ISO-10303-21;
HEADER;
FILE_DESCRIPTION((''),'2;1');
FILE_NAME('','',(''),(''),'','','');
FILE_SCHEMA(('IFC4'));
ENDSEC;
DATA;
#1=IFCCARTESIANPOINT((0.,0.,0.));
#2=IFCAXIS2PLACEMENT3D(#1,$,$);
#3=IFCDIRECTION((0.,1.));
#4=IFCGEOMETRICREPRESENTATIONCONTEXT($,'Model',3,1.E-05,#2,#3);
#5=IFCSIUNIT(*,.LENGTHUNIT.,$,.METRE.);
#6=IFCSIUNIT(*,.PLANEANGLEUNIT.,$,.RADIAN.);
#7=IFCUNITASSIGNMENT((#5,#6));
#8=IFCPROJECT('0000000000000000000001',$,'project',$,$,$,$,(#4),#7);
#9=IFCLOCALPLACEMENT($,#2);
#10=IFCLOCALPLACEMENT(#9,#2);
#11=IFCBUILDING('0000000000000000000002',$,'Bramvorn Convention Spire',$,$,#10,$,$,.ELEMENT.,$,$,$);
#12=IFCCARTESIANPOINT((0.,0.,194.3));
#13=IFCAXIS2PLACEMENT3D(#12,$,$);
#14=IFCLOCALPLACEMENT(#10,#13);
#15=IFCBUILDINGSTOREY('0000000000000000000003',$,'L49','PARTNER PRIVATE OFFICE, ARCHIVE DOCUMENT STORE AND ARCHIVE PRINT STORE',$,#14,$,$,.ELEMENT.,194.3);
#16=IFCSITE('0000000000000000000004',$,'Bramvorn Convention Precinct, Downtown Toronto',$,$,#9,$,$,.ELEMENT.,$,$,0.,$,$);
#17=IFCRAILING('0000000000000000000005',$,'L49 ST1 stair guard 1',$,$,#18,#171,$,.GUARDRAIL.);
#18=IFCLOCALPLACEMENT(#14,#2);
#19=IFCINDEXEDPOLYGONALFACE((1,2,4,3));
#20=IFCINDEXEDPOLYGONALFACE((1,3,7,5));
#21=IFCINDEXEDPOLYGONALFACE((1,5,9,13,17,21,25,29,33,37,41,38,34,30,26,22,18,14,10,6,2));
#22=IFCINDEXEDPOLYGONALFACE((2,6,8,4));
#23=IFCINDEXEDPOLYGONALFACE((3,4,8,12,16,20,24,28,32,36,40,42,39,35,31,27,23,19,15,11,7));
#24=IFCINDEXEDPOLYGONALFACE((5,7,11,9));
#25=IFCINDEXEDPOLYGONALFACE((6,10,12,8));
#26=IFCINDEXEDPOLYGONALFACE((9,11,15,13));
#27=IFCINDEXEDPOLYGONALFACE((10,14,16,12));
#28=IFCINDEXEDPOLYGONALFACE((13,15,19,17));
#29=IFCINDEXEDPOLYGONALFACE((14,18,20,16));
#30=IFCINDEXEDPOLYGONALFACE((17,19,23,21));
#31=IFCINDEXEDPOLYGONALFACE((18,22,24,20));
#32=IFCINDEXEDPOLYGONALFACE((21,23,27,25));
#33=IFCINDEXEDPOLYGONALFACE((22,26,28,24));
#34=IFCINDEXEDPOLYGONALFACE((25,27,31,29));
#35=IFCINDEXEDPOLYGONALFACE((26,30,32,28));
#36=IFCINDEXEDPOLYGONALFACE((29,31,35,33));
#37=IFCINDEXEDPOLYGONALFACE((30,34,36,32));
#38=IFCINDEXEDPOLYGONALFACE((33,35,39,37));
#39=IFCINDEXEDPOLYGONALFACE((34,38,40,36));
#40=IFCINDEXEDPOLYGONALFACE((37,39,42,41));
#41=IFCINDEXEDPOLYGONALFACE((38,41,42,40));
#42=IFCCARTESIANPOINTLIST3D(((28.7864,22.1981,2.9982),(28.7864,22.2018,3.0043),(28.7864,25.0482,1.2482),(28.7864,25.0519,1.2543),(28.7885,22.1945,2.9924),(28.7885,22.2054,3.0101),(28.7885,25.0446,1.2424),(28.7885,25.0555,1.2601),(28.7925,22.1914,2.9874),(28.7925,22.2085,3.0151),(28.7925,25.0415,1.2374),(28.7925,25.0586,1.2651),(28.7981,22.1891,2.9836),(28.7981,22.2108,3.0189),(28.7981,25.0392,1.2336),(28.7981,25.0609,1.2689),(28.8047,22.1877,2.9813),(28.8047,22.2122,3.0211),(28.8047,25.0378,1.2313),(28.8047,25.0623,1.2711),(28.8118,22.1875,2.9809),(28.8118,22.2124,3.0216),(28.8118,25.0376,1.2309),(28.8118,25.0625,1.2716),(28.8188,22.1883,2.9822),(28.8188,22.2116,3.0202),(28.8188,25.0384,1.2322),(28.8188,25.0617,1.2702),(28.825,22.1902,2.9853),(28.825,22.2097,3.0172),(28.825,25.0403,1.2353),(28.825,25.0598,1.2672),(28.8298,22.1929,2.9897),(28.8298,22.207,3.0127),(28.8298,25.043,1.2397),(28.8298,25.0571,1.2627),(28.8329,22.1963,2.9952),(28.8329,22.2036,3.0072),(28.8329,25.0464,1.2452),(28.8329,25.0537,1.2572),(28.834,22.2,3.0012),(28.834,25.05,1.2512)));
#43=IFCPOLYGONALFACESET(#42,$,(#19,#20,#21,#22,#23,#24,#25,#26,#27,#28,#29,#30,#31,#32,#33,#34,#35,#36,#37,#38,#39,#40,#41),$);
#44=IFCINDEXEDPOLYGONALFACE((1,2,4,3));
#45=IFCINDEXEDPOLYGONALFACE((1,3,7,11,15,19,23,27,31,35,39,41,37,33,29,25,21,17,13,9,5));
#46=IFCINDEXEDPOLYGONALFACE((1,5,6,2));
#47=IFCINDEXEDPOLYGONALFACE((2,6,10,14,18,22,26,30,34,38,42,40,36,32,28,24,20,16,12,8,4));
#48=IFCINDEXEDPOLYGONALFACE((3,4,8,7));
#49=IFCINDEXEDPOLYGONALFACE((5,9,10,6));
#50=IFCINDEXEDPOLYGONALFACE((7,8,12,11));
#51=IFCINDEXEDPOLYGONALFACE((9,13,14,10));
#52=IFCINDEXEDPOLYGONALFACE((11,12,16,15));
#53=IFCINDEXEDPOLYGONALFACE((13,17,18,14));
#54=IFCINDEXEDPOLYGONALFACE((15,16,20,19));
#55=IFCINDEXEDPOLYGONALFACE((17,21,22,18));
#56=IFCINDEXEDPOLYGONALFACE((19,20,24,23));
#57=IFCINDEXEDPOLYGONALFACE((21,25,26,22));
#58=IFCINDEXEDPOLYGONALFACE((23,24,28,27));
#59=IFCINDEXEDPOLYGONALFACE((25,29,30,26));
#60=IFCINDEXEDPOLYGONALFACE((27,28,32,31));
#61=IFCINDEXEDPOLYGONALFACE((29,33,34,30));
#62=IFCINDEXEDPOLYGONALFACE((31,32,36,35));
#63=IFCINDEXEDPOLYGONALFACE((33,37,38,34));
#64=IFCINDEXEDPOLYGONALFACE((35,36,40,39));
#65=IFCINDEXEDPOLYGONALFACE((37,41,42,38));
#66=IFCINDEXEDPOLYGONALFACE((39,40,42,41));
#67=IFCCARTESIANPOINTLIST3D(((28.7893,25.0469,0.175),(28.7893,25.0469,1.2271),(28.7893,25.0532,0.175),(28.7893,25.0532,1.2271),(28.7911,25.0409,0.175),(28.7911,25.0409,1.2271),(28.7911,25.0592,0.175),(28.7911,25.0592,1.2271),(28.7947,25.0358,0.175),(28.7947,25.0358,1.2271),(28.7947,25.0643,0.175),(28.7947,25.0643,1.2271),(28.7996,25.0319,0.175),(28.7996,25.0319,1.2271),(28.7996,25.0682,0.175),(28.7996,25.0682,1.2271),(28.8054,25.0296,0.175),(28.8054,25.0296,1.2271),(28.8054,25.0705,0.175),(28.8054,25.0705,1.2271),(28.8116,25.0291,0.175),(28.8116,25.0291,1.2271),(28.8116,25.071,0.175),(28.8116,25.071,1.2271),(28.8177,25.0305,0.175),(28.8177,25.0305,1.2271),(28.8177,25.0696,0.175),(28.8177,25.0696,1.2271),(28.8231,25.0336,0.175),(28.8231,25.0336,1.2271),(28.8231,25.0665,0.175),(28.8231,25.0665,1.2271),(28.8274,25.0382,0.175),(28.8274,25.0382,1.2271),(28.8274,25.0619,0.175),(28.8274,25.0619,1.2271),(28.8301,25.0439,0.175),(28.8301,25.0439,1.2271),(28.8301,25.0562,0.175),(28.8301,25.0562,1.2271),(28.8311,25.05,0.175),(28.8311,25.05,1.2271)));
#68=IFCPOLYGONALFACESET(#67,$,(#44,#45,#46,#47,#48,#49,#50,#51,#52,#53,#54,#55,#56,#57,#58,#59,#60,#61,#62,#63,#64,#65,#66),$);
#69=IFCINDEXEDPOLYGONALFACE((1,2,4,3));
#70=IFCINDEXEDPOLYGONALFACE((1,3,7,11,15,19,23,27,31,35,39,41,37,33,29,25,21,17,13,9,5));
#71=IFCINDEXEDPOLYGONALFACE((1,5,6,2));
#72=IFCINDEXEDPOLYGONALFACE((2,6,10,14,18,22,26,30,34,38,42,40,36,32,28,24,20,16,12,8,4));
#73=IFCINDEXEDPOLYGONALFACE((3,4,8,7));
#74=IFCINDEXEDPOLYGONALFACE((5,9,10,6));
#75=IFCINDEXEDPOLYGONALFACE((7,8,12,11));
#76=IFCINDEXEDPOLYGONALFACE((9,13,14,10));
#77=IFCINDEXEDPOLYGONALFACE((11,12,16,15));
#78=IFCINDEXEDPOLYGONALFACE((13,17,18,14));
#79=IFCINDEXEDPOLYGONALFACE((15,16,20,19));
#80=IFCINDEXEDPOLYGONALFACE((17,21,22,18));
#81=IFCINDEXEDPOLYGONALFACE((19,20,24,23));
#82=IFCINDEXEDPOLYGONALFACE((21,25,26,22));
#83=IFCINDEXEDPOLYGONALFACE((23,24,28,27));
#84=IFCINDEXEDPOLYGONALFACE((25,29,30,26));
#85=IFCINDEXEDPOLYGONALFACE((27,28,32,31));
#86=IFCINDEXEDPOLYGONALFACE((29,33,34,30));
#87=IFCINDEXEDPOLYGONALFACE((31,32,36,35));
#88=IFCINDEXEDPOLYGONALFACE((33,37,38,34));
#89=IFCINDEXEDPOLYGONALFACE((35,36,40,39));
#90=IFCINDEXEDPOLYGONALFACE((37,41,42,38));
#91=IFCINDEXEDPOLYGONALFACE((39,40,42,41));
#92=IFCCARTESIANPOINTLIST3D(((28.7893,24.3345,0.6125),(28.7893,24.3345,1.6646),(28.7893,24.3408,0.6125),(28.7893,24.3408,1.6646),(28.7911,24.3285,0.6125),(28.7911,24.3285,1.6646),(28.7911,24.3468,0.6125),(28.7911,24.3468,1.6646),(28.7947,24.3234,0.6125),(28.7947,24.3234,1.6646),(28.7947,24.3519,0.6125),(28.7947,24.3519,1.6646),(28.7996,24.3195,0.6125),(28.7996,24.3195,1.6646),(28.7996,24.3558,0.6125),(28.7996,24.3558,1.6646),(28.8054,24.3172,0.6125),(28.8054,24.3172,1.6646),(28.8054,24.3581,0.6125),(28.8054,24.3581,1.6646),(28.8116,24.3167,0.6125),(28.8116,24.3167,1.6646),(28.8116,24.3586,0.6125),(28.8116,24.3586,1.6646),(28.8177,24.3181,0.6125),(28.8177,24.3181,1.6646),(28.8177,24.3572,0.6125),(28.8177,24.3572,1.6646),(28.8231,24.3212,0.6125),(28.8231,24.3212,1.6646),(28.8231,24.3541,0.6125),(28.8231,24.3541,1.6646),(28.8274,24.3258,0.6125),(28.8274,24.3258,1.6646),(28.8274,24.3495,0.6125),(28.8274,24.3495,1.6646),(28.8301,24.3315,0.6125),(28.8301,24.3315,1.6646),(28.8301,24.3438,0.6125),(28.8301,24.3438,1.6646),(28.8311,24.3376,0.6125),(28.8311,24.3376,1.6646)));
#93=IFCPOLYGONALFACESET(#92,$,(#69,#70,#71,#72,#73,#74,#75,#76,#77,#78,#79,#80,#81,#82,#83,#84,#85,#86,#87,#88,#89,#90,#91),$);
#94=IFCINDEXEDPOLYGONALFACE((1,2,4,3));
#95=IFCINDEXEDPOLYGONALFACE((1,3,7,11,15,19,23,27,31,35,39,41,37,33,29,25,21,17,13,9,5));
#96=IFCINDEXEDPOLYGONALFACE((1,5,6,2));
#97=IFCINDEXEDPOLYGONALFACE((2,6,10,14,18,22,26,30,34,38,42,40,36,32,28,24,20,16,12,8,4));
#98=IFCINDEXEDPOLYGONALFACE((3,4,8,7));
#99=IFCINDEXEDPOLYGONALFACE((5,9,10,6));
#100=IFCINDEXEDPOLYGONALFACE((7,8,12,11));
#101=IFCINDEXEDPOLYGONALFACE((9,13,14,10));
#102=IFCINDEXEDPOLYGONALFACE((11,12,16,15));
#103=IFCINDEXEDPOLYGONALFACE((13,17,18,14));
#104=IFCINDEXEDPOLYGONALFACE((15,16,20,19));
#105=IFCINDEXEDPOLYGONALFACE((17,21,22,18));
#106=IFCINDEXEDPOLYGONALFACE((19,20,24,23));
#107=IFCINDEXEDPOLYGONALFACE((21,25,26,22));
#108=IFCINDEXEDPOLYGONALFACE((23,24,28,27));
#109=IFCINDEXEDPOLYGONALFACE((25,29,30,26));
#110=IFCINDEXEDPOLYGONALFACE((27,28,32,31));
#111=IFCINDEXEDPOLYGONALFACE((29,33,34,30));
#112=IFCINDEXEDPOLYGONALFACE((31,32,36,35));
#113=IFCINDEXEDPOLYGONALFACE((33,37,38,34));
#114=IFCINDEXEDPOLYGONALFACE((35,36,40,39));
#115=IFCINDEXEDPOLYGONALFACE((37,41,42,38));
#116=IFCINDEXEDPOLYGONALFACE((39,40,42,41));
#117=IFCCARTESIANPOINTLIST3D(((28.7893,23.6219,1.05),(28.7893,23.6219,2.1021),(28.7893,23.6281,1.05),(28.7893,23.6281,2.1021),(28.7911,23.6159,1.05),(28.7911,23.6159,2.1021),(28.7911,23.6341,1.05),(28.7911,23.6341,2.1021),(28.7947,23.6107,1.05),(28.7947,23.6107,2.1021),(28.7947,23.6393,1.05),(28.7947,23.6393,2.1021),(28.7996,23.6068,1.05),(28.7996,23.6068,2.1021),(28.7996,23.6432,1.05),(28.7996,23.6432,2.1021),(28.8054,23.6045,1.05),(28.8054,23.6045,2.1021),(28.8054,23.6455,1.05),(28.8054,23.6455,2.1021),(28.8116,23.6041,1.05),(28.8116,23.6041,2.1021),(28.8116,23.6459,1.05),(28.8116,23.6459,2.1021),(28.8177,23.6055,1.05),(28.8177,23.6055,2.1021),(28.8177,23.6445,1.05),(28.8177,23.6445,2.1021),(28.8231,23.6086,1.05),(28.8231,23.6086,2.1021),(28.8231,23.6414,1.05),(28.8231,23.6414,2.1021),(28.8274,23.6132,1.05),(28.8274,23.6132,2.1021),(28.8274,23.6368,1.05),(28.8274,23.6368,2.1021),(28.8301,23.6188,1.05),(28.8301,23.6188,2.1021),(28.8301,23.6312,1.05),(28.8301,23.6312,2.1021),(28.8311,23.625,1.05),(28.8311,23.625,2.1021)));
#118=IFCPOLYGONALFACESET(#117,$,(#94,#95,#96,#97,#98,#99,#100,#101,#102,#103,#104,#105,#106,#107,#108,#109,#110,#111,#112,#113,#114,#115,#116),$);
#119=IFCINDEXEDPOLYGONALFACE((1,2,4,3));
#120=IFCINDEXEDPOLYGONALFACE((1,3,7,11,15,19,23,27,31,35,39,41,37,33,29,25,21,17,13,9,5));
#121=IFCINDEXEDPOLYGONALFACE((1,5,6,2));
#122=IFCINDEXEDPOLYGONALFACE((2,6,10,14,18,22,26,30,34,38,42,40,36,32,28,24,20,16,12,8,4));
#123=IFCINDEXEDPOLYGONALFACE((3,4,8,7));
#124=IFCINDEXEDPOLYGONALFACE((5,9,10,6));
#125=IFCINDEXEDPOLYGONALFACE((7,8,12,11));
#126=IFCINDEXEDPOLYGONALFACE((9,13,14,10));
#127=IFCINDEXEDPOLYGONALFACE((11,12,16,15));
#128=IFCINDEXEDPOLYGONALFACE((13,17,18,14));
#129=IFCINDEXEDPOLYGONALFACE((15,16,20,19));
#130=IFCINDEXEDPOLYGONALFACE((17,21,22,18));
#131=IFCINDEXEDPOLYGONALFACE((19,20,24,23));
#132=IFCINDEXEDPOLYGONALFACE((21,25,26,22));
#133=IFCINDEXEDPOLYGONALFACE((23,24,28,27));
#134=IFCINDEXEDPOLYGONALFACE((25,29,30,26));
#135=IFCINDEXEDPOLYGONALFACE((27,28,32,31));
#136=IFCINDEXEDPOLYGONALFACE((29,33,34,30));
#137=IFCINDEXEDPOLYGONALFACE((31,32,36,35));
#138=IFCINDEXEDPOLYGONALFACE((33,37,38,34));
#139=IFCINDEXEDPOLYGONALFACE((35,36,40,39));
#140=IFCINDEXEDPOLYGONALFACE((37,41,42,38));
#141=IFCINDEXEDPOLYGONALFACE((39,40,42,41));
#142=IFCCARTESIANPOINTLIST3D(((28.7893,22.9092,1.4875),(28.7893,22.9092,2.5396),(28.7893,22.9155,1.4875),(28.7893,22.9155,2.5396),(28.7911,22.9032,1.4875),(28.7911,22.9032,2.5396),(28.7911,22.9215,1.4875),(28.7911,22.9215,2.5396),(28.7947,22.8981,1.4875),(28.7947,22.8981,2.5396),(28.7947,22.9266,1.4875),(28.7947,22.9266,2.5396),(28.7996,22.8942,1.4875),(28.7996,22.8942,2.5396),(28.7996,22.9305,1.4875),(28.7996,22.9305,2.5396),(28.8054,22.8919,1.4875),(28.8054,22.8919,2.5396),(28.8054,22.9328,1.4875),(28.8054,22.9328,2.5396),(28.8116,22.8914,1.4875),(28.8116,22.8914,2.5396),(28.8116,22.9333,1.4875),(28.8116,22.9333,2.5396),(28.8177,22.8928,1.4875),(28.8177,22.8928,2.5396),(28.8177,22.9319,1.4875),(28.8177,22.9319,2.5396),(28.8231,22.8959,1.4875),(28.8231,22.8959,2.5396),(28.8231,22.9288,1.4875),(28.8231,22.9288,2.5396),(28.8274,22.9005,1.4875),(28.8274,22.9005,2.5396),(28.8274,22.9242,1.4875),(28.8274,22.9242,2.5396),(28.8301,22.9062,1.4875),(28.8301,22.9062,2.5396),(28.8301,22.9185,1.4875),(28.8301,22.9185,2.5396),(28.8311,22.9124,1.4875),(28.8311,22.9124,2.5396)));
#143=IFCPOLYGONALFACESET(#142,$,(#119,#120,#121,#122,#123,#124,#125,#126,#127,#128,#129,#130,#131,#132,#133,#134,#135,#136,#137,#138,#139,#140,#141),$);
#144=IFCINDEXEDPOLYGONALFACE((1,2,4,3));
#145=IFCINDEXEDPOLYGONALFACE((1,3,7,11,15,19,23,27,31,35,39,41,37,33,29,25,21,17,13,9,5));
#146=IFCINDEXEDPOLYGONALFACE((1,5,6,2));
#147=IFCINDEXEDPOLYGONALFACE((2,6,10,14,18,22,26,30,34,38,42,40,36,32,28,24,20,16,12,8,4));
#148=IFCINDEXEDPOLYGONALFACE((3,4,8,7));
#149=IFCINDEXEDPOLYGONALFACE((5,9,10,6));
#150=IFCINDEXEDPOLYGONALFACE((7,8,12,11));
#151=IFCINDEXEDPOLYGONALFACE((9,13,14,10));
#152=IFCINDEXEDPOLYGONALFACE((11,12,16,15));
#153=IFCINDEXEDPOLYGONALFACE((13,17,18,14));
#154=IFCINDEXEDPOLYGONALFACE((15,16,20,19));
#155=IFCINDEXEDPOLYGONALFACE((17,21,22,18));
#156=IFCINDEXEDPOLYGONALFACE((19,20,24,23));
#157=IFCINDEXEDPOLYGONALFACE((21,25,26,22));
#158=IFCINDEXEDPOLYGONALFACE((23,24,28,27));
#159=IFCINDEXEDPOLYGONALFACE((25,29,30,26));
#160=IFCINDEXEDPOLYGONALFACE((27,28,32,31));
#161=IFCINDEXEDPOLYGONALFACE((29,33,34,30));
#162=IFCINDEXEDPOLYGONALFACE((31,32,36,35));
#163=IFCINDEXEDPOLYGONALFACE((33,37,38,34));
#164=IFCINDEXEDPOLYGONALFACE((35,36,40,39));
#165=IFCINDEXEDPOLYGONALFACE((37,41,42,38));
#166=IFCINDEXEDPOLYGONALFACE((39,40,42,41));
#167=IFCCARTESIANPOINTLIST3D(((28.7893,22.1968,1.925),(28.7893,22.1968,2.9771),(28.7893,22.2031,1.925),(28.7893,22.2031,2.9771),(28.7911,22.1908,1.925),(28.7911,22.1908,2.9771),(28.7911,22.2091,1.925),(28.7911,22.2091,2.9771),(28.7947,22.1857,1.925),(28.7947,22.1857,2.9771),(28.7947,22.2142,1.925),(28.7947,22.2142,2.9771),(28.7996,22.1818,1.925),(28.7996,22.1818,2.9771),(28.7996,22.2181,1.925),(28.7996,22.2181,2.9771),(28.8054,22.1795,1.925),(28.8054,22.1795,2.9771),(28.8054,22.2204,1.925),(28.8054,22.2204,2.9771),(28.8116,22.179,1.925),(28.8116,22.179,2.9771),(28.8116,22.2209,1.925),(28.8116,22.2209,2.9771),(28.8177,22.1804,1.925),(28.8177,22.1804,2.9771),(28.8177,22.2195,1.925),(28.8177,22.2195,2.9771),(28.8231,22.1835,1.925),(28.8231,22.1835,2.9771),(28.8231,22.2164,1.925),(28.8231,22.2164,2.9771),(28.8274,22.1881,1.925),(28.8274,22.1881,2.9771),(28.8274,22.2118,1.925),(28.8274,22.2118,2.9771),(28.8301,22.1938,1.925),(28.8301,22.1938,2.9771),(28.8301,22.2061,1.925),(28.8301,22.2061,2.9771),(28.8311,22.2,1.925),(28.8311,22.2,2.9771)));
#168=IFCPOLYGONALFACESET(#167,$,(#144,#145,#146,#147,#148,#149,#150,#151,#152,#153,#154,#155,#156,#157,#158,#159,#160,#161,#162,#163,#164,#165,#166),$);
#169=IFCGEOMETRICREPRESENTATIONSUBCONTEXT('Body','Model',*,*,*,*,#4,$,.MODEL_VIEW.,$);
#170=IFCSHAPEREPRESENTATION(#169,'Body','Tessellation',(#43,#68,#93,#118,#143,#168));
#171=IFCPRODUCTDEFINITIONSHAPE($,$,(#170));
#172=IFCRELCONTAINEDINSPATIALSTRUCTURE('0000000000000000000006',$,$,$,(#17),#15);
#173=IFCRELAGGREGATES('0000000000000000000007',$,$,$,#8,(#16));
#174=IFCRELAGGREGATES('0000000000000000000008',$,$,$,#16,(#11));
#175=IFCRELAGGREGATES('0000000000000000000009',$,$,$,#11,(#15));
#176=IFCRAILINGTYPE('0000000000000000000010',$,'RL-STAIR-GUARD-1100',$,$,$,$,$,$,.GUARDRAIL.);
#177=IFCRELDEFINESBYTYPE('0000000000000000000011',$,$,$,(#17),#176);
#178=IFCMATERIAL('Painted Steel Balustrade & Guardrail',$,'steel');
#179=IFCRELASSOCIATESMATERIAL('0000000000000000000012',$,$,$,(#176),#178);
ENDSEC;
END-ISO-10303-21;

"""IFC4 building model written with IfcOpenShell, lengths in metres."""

from ifc_helpers import new_model, si_unit, direction, frame, origin, origin_2d, place, context, subcontext, project, spatial, circle, extrude, material, type_object, element, save


model = new_model("IFC4")

# Units and contexts
model_context = context("Model", 3, precision=1e-05, world=origin(), true_north=direction((0.0, 1.0)))
body_context = subcontext(model_context, "Body", "Model", "MODEL_VIEW")
ifc_project = project(units=[si_unit("LENGTHUNIT", "METRE"), si_unit("PLANEANGLEUNIT", "RADIAN")], contexts=[model_context])

# Site, building, storey
site_placement = place(None, origin())
site = spatial("IfcSite", under=ifc_project, at=site_placement, Name="Bramvorn Convention Precinct, Downtown Toronto", CompositionType="ELEMENT", RefElevation=0.0)
building_placement = place(site_placement, origin())
building = spatial("IfcBuilding", under=site, at=building_placement, Name="Bramvorn Convention Spire", CompositionType="ELEMENT")
storey_placement = place(building_placement, frame((0.0, 0.0, 194.3)))
storey = spatial("IfcBuildingStorey", under=building, at=storey_placement, Name="L49", Description="PARTNER PRIVATE OFFICE, ARCHIVE DOCUMENT STORE AND ARCHIVE PRINT STORE", CompositionType="ELEMENT", Elevation=194.3)

# Railing
ifc_material_1 = material(Name="Painted Steel Balustrade & Guardrail", Category="steel")
railing_type_1 = type_object("IfcRailingType", Name="RL-STAIR-GUARD-1100", PredefinedType="GUARDRAIL", material=ifc_material_1)
railing_1_placement = place(storey_placement, frame((28.8101, 25.05, 0.175)))
element("IfcRailing", 1, at=railing_1_placement, inside=storey, type_object=railing_type_1, Name="L49 ST1 stair guard 1", PredefinedType="GUARDRAIL", context=body_context, shape_type="SweptSolid", body=[
    extrude(circle(Radius=0.0239, at=origin_2d()), frame((0.0, 0.0, 1.0762), z_axis=(0.0, -0.852179, 0.52325), x_axis=(1.0, 0.0, 0.0)), (0.0, 0.0, 1.0), 3.3445),
    extrude(circle(Radius=0.021, at=origin_2d()), origin(), (0.0, 0.0, 1.0), 1.052),
    extrude(circle(Radius=0.021, at=origin_2d()), frame((0.0, -0.7124, 0.4375)), (0.0, 0.0, 1.0), 1.052),
    extrude(circle(Radius=0.021, at=origin_2d()), frame((0.0, -1.425, 0.875)), (0.0, 0.0, 1.0), 1.052),
    extrude(circle(Radius=0.021, at=origin_2d()), frame((0.0, -2.1377, 1.3125)), (0.0, 0.0, 1.0), 1.052),
    extrude(circle(Radius=0.021, at=origin_2d()), frame((0.0, -2.8501, 1.75)), (0.0, 0.0, 1.0), 1.052),
])

save(model, "model.ifc")
